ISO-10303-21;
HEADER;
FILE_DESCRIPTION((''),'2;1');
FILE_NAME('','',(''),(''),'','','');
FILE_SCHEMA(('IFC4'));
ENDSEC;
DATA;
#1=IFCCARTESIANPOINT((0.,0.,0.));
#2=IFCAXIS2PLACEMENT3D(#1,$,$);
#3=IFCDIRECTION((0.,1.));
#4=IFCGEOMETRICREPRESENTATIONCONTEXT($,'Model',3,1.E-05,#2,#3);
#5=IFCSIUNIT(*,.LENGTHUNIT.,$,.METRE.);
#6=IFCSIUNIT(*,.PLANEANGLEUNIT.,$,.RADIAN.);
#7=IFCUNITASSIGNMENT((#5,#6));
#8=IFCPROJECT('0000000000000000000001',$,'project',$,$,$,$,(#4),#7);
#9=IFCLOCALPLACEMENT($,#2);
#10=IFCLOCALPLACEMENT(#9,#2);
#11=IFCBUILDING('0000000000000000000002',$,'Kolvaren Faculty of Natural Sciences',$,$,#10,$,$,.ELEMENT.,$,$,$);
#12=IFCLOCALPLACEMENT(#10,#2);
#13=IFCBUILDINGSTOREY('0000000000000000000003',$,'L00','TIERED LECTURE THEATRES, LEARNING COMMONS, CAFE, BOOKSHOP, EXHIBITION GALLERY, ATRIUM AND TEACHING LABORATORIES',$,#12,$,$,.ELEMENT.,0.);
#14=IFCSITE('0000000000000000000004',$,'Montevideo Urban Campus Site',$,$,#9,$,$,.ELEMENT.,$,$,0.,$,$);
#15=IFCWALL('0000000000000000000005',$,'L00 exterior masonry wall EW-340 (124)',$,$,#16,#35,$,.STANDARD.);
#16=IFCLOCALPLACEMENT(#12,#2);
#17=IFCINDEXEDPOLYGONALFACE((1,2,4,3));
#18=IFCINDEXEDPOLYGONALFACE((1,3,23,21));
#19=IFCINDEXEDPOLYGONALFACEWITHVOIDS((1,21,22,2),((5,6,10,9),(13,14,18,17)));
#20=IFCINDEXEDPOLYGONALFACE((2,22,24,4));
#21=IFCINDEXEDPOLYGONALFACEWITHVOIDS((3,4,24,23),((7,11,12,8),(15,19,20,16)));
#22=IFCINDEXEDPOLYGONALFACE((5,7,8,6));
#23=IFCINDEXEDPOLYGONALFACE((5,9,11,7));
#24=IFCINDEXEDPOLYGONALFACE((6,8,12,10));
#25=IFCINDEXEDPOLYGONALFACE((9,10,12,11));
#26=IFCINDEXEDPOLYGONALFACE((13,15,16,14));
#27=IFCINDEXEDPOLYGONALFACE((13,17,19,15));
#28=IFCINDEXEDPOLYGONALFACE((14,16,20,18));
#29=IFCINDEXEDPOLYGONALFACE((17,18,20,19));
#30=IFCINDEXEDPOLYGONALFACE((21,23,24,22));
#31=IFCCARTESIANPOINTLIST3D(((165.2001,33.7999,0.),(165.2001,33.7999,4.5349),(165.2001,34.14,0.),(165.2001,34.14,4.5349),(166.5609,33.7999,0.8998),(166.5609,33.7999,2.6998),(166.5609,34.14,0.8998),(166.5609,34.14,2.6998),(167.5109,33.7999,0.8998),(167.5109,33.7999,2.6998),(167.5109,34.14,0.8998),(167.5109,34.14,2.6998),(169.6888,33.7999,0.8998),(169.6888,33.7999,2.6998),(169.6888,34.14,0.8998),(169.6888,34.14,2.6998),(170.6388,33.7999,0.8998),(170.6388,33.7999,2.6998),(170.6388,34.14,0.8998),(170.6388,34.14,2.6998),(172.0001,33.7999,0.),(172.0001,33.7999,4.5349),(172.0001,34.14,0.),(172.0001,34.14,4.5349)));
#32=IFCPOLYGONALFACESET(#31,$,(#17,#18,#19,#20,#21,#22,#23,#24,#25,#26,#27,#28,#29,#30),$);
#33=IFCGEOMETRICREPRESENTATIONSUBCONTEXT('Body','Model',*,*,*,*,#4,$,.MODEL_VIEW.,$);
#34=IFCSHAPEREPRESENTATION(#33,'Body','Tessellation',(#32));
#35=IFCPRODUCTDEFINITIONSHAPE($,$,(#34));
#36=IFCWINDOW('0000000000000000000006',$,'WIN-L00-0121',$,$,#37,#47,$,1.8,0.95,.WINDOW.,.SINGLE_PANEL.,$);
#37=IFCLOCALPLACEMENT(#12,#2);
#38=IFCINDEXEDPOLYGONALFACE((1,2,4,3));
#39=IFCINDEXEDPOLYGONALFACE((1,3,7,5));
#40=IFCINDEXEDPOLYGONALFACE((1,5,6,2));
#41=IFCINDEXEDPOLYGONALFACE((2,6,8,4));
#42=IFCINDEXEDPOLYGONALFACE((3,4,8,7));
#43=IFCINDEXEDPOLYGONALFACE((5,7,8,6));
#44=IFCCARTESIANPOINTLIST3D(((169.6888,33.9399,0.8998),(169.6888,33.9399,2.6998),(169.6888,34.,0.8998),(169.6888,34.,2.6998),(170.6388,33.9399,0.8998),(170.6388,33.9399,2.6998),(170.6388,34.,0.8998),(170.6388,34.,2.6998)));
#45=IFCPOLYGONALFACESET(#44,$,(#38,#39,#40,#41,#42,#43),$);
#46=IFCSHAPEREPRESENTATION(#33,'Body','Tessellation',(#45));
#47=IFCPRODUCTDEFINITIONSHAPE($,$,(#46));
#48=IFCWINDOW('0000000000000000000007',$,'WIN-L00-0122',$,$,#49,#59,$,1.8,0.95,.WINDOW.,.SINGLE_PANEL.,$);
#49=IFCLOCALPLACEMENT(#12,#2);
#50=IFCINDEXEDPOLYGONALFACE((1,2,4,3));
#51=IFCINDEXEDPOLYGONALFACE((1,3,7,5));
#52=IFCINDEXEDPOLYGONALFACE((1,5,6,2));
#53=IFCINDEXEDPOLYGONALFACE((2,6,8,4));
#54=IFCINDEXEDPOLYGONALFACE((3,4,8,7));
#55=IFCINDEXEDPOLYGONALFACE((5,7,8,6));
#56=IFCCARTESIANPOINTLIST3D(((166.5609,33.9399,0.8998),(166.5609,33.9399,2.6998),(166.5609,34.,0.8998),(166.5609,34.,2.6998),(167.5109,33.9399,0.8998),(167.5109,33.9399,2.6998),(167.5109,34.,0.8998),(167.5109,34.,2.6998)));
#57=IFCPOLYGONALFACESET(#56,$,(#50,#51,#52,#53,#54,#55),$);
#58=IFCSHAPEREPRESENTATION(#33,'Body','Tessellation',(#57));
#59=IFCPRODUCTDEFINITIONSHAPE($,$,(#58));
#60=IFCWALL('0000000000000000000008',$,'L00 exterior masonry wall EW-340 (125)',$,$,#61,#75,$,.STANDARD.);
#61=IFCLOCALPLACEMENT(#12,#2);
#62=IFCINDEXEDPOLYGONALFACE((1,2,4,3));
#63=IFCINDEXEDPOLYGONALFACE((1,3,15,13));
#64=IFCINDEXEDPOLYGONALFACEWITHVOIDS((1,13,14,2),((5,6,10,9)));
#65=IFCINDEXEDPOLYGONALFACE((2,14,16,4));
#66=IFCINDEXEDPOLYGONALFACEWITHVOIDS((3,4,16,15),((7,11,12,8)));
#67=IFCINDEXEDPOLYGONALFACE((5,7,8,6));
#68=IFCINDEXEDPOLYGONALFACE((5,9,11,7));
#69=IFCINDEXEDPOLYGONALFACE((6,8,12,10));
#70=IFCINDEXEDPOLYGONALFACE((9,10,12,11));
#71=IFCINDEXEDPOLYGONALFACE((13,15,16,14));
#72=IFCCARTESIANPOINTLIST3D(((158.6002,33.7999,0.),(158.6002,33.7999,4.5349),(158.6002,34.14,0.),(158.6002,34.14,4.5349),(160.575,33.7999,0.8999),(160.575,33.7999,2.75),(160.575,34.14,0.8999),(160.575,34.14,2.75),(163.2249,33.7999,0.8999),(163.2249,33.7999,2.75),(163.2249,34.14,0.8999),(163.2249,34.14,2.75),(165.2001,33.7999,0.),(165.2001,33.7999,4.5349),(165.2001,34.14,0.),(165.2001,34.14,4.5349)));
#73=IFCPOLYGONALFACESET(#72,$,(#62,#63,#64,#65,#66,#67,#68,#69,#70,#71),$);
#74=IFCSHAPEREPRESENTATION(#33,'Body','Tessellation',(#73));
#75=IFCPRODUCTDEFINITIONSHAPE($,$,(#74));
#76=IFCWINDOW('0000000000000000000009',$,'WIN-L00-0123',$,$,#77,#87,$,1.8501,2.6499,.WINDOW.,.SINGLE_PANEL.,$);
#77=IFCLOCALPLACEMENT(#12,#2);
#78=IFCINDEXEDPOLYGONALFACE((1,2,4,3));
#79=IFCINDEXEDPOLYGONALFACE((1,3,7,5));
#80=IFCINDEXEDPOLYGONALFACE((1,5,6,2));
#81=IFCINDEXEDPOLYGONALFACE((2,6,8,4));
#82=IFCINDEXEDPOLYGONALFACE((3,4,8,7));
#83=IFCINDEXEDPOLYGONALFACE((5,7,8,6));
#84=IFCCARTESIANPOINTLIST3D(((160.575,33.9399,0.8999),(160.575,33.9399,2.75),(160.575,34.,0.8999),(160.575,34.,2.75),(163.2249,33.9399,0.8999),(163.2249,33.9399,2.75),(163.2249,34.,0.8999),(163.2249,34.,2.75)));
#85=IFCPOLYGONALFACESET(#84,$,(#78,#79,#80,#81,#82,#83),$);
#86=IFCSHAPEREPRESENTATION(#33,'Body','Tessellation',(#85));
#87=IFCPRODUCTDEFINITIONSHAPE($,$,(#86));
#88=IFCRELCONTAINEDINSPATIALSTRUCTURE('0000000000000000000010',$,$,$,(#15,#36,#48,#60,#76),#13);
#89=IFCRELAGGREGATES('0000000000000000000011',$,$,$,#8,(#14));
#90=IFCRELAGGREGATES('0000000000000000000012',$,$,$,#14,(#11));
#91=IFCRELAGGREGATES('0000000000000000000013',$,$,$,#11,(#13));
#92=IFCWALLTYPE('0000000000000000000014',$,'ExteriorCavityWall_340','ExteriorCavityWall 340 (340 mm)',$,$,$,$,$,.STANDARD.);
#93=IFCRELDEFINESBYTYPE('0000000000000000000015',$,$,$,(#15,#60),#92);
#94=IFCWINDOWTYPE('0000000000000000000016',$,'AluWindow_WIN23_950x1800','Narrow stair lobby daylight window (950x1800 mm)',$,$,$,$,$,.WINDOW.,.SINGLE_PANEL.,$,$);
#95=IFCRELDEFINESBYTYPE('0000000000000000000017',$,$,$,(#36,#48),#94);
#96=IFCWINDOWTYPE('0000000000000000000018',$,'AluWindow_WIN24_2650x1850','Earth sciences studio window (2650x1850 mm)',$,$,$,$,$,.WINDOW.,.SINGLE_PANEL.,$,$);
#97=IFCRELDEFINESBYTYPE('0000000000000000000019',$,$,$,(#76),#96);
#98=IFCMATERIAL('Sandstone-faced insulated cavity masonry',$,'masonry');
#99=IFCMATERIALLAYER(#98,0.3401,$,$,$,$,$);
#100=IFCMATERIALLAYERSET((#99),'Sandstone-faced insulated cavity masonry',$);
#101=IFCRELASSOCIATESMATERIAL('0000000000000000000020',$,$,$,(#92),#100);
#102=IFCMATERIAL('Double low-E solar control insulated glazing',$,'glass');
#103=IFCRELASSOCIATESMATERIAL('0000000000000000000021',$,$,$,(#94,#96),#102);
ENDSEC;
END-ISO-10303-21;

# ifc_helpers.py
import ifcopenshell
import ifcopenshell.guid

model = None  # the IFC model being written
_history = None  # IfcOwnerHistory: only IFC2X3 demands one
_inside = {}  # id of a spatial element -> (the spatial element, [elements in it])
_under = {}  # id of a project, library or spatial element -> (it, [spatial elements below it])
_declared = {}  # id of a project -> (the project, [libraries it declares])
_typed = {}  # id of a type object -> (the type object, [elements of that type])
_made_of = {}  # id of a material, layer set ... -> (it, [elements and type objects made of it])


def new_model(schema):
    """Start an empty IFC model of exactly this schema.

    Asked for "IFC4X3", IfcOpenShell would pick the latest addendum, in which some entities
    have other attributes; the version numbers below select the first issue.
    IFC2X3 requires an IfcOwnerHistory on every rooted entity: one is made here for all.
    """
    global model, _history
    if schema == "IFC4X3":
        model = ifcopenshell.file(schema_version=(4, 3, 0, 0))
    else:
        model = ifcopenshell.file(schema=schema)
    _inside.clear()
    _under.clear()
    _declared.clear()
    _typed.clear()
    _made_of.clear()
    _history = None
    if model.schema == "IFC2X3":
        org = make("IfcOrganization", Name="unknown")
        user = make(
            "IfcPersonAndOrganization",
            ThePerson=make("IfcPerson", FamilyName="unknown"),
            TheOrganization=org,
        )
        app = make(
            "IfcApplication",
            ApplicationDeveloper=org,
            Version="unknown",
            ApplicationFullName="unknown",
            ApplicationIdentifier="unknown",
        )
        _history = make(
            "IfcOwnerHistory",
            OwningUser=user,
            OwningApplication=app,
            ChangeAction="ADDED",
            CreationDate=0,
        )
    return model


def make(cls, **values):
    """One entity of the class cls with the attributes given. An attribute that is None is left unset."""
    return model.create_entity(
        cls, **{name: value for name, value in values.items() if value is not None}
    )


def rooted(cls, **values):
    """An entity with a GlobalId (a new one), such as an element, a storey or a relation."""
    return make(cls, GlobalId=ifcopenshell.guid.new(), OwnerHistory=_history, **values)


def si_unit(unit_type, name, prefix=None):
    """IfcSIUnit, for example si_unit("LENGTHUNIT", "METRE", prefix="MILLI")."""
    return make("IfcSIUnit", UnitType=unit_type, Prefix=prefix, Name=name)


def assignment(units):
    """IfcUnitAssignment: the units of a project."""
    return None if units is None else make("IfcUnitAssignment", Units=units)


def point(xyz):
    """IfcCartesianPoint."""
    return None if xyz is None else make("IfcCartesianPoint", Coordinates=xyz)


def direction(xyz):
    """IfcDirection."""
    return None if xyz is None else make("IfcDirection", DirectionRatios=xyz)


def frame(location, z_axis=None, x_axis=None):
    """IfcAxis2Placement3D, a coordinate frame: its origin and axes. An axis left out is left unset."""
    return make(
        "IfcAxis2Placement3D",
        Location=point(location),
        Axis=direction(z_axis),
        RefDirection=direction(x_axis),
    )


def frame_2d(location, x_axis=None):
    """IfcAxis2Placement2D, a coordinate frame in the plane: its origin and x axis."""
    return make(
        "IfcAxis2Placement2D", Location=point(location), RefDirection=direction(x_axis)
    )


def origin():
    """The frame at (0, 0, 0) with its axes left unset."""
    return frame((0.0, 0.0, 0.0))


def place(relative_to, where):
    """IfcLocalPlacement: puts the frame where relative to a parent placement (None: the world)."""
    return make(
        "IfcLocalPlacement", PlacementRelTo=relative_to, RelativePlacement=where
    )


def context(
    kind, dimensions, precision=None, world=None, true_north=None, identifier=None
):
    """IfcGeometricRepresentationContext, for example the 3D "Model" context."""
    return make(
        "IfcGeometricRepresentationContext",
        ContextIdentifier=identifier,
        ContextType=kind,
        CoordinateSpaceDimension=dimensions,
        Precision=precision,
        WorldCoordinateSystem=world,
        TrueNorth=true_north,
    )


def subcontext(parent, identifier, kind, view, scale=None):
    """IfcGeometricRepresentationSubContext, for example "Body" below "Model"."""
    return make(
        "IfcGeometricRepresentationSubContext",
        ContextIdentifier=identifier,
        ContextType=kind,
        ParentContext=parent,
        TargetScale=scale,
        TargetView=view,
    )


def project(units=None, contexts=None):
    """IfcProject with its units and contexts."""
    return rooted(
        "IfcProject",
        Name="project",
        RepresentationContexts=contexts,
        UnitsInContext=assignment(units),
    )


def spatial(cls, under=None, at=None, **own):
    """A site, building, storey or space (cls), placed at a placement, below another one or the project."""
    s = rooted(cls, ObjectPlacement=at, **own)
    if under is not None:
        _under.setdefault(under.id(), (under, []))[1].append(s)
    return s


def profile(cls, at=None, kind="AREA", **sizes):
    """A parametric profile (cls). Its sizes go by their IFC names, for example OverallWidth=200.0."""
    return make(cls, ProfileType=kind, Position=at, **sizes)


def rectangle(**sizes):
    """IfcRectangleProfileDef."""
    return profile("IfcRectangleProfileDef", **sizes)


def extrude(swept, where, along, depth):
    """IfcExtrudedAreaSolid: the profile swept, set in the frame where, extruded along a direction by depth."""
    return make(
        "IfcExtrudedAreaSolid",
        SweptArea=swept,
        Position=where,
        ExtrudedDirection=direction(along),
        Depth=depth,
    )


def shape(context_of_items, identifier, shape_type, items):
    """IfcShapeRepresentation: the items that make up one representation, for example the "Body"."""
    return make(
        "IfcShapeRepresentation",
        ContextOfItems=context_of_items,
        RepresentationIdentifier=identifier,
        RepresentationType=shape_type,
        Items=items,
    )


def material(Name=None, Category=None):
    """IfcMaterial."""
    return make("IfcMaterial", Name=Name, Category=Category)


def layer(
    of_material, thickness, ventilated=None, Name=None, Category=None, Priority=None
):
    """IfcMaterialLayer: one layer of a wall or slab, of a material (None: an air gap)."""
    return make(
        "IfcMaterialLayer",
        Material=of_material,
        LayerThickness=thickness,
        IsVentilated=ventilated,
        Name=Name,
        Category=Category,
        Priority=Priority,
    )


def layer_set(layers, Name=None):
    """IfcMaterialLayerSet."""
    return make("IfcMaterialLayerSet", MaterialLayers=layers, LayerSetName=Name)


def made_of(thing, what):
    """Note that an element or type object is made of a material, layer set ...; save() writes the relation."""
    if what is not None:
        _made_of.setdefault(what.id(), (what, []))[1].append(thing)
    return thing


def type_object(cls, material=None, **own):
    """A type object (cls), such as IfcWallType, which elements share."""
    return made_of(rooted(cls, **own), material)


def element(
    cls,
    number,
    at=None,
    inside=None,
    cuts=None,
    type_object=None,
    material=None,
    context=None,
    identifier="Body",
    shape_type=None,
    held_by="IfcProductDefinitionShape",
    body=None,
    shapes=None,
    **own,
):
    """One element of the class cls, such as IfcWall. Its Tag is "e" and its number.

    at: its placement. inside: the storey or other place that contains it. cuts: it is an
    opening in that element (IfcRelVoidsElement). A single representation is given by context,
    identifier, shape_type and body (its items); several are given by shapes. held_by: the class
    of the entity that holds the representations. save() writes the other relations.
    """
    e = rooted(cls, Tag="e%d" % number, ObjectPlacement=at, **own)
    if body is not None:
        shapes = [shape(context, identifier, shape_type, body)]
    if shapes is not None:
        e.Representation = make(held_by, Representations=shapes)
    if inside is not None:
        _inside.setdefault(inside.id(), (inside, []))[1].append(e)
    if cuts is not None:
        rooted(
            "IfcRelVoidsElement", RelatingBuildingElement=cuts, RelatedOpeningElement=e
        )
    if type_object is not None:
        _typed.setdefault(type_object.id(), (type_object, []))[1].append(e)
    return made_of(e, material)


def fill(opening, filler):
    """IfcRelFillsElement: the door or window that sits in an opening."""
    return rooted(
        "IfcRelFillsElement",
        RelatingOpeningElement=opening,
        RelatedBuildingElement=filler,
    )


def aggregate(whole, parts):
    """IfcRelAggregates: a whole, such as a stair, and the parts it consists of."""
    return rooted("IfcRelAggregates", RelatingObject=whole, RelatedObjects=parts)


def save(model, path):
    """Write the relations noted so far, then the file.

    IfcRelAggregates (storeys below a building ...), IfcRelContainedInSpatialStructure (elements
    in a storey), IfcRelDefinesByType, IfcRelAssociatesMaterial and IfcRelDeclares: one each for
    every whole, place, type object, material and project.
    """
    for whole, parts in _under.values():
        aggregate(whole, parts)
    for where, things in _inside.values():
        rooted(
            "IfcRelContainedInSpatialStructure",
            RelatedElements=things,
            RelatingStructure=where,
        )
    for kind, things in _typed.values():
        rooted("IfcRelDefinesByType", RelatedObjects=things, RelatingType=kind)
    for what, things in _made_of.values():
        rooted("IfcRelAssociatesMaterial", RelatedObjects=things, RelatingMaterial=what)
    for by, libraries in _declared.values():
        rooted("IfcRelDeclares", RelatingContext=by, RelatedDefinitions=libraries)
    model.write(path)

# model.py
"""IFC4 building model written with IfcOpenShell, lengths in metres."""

from ifc_helpers import new_model, si_unit, direction, frame, frame_2d, origin, place, context, subcontext, project, spatial, rectangle, extrude, material, layer, layer_set, type_object, element, fill, save


model = new_model("IFC4")

# Units and contexts
model_context = context("Model", 3, precision=1e-05, world=origin(), true_north=direction((0.0, 1.0)))
body_context = subcontext(model_context, "Body", "Model", "MODEL_VIEW")
ifc_project = project(units=[si_unit("LENGTHUNIT", "METRE"), si_unit("PLANEANGLEUNIT", "RADIAN")], contexts=[model_context])

# Site, building, storey
site_placement = place(None, origin())
site = spatial("IfcSite", under=ifc_project, at=site_placement, Name="Montevideo Urban Campus Site", CompositionType="ELEMENT", RefElevation=0.0)
building_placement = place(site_placement, origin())
building = spatial("IfcBuilding", under=site, at=building_placement, Name="Kolvaren Faculty of Natural Sciences", CompositionType="ELEMENT")
storey_placement = place(building_placement, origin())
storey = spatial("IfcBuildingStorey", under=building, at=storey_placement, Name="L00", Description="TIERED LECTURE THEATRES, LEARNING COMMONS, CAFE, BOOKSHOP, EXHIBITION GALLERY, ATRIUM AND TEACHING LABORATORIES", CompositionType="ELEMENT", Elevation=0.0)

# Wall, openings, windows
ifc_material_1 = material(Name="Sandstone-faced insulated cavity masonry", Category="masonry")
ifc_layer = layer(ifc_material_1, 0.3401)
ifc_layer_set = layer_set([ifc_layer], Name="Sandstone-faced insulated cavity masonry")
wall_type = type_object("IfcWallType", Name="ExteriorCavityWall_340", Description="ExteriorCavityWall 340 (340 mm)", PredefinedType="STANDARD", material=ifc_layer_set)
wall_1_placement = place(storey_placement, frame((172.0, 33.97, 0.0), z_axis=(0.0, 0.0, 1.0), x_axis=(-1.0, 0.0, 0.0)))
wall_1 = element("IfcWall", 1, at=wall_1_placement, inside=storey, type_object=wall_type, Name="L00 exterior masonry wall EW-340 (124)", PredefinedType="STANDARD", context=body_context, shape_type="SweptSolid", body=[
    extrude(rectangle(XDim=6.8, YDim=0.3401, at=frame_2d((3.3999, 0.0))), origin(), (0.0, 0.0, 1.0), 4.5349),
])
opening_1_placement = place(wall_1_placement, frame((1.3611, 0.0, 0.8999)))
opening_1 = element("IfcOpeningElement", 2, at=opening_1_placement, cuts=wall_1, PredefinedType="OPENING", context=body_context, shape_type="SweptSolid", body=[
    extrude(rectangle(XDim=0.95, YDim=1.8, at=frame_2d((0.4751, 0.8999))), frame((0.0, 0.1799, 0.0), z_axis=(0.0, -1.0, 0.0), x_axis=(1.0, 0.0, 0.0)), (0.0, 0.0, 1.0), 0.3601),
])
opening_2_placement = place(wall_1_placement, frame((4.489, 0.0, 0.8999)))
opening_2 = element("IfcOpeningElement", 3, at=opening_2_placement, cuts=wall_1, PredefinedType="OPENING", context=body_context, shape_type="SweptSolid", body=[
    extrude(rectangle(XDim=0.95, YDim=1.8, at=frame_2d((0.4751, 0.8999))), frame((0.0, 0.1799, 0.0), z_axis=(0.0, -1.0, 0.0), x_axis=(1.0, 0.0, 0.0)), (0.0, 0.0, 1.0), 0.3601),
])
ifc_material_2 = material(Name="Double low-E solar control insulated glazing", Category="glass")
window_type_1 = type_object("IfcWindowType", Name="AluWindow_WIN23_950x1800", Description="Narrow stair lobby daylight window (950x1800 mm)", PartitioningType="SINGLE_PANEL", PredefinedType="WINDOW", material=ifc_material_2)
window_1_placement = place(opening_1_placement, origin())
window_1 = element("IfcWindow", 4, at=window_1_placement, inside=storey, type_object=window_type_1, Name="WIN-L00-0121", OverallHeight=1.8, OverallWidth=0.95, PartitioningType="SINGLE_PANEL", PredefinedType="WINDOW", context=body_context, shape_type="SweptSolid", body=[
    extrude(rectangle(XDim=0.95, YDim=1.8, at=frame_2d((0.4751, 0.8999))), frame((0.0, 0.03, 0.0), z_axis=(0.0, -1.0, 0.0), x_axis=(1.0, 0.0, 0.0)), (0.0, 0.0, 1.0), 0.0601),
])
fill(opening_1, window_1)
window_2_placement = place(opening_2_placement, origin())
window_2 = element("IfcWindow", 5, at=window_2_placement, inside=storey, type_object=window_type_1, Name="WIN-L00-0122", OverallHeight=1.8, OverallWidth=0.95, PartitioningType="SINGLE_PANEL", PredefinedType="WINDOW", context=body_context, shape_type="SweptSolid", body=[
    extrude(rectangle(XDim=0.95, YDim=1.8, at=frame_2d((0.4751, 0.8999))), frame((0.0, 0.03, 0.0), z_axis=(0.0, -1.0, 0.0), x_axis=(1.0, 0.0, 0.0)), (0.0, 0.0, 1.0), 0.0601),
])
fill(opening_2, window_2)

# Wall, opening, window
wall_2_placement = place(storey_placement, frame((165.2, 33.97, 0.0), z_axis=(0.0, 0.0, 1.0), x_axis=(-1.0, 0.0, 0.0)))
wall_2 = element("IfcWall", 6, at=wall_2_placement, inside=storey, type_object=wall_type, Name="L00 exterior masonry wall EW-340 (125)", PredefinedType="STANDARD", context=body_context, shape_type="SweptSolid", body=[
    extrude(rectangle(XDim=6.5999, YDim=0.3401, at=frame_2d((3.2998, 0.0))), origin(), (0.0, 0.0, 1.0), 4.5349),
])
opening_3_placement = place(wall_2_placement, frame((1.9751, 0.0, 0.8999)))
opening_3 = element("IfcOpeningElement", 7, at=opening_3_placement, cuts=wall_2, PredefinedType="OPENING", context=body_context, shape_type="SweptSolid", body=[
    extrude(rectangle(XDim=2.6499, YDim=1.8501, at=frame_2d((1.325, 0.925))), frame((0.0, 0.1799, 0.0), z_axis=(0.0, -1.0, 0.0), x_axis=(1.0, 0.0, 0.0)), (0.0, 0.0, 1.0), 0.3601),
])
window_type_2 = type_object("IfcWindowType", Name="AluWindow_WIN24_2650x1850", Description="Earth sciences studio window (2650x1850 mm)", PartitioningType="SINGLE_PANEL", PredefinedType="WINDOW", material=ifc_material_2)
window_3_placement = place(opening_3_placement, origin())
window_3 = element("IfcWindow", 8, at=window_3_placement, inside=storey, type_object=window_type_2, Name="WIN-L00-0123", OverallHeight=1.8501, OverallWidth=2.6499, PartitioningType="SINGLE_PANEL", PredefinedType="WINDOW", context=body_context, shape_type="SweptSolid", body=[
    extrude(rectangle(XDim=2.6499, YDim=1.8501, at=frame_2d((1.325, 0.925))), frame((0.0, 0.03, 0.0), z_axis=(0.0, -1.0, 0.0), x_axis=(1.0, 0.0, 0.0)), (0.0, 0.0, 1.0), 0.0601),
])
fill(opening_3, window_3)

save(model, "model.ifc")
